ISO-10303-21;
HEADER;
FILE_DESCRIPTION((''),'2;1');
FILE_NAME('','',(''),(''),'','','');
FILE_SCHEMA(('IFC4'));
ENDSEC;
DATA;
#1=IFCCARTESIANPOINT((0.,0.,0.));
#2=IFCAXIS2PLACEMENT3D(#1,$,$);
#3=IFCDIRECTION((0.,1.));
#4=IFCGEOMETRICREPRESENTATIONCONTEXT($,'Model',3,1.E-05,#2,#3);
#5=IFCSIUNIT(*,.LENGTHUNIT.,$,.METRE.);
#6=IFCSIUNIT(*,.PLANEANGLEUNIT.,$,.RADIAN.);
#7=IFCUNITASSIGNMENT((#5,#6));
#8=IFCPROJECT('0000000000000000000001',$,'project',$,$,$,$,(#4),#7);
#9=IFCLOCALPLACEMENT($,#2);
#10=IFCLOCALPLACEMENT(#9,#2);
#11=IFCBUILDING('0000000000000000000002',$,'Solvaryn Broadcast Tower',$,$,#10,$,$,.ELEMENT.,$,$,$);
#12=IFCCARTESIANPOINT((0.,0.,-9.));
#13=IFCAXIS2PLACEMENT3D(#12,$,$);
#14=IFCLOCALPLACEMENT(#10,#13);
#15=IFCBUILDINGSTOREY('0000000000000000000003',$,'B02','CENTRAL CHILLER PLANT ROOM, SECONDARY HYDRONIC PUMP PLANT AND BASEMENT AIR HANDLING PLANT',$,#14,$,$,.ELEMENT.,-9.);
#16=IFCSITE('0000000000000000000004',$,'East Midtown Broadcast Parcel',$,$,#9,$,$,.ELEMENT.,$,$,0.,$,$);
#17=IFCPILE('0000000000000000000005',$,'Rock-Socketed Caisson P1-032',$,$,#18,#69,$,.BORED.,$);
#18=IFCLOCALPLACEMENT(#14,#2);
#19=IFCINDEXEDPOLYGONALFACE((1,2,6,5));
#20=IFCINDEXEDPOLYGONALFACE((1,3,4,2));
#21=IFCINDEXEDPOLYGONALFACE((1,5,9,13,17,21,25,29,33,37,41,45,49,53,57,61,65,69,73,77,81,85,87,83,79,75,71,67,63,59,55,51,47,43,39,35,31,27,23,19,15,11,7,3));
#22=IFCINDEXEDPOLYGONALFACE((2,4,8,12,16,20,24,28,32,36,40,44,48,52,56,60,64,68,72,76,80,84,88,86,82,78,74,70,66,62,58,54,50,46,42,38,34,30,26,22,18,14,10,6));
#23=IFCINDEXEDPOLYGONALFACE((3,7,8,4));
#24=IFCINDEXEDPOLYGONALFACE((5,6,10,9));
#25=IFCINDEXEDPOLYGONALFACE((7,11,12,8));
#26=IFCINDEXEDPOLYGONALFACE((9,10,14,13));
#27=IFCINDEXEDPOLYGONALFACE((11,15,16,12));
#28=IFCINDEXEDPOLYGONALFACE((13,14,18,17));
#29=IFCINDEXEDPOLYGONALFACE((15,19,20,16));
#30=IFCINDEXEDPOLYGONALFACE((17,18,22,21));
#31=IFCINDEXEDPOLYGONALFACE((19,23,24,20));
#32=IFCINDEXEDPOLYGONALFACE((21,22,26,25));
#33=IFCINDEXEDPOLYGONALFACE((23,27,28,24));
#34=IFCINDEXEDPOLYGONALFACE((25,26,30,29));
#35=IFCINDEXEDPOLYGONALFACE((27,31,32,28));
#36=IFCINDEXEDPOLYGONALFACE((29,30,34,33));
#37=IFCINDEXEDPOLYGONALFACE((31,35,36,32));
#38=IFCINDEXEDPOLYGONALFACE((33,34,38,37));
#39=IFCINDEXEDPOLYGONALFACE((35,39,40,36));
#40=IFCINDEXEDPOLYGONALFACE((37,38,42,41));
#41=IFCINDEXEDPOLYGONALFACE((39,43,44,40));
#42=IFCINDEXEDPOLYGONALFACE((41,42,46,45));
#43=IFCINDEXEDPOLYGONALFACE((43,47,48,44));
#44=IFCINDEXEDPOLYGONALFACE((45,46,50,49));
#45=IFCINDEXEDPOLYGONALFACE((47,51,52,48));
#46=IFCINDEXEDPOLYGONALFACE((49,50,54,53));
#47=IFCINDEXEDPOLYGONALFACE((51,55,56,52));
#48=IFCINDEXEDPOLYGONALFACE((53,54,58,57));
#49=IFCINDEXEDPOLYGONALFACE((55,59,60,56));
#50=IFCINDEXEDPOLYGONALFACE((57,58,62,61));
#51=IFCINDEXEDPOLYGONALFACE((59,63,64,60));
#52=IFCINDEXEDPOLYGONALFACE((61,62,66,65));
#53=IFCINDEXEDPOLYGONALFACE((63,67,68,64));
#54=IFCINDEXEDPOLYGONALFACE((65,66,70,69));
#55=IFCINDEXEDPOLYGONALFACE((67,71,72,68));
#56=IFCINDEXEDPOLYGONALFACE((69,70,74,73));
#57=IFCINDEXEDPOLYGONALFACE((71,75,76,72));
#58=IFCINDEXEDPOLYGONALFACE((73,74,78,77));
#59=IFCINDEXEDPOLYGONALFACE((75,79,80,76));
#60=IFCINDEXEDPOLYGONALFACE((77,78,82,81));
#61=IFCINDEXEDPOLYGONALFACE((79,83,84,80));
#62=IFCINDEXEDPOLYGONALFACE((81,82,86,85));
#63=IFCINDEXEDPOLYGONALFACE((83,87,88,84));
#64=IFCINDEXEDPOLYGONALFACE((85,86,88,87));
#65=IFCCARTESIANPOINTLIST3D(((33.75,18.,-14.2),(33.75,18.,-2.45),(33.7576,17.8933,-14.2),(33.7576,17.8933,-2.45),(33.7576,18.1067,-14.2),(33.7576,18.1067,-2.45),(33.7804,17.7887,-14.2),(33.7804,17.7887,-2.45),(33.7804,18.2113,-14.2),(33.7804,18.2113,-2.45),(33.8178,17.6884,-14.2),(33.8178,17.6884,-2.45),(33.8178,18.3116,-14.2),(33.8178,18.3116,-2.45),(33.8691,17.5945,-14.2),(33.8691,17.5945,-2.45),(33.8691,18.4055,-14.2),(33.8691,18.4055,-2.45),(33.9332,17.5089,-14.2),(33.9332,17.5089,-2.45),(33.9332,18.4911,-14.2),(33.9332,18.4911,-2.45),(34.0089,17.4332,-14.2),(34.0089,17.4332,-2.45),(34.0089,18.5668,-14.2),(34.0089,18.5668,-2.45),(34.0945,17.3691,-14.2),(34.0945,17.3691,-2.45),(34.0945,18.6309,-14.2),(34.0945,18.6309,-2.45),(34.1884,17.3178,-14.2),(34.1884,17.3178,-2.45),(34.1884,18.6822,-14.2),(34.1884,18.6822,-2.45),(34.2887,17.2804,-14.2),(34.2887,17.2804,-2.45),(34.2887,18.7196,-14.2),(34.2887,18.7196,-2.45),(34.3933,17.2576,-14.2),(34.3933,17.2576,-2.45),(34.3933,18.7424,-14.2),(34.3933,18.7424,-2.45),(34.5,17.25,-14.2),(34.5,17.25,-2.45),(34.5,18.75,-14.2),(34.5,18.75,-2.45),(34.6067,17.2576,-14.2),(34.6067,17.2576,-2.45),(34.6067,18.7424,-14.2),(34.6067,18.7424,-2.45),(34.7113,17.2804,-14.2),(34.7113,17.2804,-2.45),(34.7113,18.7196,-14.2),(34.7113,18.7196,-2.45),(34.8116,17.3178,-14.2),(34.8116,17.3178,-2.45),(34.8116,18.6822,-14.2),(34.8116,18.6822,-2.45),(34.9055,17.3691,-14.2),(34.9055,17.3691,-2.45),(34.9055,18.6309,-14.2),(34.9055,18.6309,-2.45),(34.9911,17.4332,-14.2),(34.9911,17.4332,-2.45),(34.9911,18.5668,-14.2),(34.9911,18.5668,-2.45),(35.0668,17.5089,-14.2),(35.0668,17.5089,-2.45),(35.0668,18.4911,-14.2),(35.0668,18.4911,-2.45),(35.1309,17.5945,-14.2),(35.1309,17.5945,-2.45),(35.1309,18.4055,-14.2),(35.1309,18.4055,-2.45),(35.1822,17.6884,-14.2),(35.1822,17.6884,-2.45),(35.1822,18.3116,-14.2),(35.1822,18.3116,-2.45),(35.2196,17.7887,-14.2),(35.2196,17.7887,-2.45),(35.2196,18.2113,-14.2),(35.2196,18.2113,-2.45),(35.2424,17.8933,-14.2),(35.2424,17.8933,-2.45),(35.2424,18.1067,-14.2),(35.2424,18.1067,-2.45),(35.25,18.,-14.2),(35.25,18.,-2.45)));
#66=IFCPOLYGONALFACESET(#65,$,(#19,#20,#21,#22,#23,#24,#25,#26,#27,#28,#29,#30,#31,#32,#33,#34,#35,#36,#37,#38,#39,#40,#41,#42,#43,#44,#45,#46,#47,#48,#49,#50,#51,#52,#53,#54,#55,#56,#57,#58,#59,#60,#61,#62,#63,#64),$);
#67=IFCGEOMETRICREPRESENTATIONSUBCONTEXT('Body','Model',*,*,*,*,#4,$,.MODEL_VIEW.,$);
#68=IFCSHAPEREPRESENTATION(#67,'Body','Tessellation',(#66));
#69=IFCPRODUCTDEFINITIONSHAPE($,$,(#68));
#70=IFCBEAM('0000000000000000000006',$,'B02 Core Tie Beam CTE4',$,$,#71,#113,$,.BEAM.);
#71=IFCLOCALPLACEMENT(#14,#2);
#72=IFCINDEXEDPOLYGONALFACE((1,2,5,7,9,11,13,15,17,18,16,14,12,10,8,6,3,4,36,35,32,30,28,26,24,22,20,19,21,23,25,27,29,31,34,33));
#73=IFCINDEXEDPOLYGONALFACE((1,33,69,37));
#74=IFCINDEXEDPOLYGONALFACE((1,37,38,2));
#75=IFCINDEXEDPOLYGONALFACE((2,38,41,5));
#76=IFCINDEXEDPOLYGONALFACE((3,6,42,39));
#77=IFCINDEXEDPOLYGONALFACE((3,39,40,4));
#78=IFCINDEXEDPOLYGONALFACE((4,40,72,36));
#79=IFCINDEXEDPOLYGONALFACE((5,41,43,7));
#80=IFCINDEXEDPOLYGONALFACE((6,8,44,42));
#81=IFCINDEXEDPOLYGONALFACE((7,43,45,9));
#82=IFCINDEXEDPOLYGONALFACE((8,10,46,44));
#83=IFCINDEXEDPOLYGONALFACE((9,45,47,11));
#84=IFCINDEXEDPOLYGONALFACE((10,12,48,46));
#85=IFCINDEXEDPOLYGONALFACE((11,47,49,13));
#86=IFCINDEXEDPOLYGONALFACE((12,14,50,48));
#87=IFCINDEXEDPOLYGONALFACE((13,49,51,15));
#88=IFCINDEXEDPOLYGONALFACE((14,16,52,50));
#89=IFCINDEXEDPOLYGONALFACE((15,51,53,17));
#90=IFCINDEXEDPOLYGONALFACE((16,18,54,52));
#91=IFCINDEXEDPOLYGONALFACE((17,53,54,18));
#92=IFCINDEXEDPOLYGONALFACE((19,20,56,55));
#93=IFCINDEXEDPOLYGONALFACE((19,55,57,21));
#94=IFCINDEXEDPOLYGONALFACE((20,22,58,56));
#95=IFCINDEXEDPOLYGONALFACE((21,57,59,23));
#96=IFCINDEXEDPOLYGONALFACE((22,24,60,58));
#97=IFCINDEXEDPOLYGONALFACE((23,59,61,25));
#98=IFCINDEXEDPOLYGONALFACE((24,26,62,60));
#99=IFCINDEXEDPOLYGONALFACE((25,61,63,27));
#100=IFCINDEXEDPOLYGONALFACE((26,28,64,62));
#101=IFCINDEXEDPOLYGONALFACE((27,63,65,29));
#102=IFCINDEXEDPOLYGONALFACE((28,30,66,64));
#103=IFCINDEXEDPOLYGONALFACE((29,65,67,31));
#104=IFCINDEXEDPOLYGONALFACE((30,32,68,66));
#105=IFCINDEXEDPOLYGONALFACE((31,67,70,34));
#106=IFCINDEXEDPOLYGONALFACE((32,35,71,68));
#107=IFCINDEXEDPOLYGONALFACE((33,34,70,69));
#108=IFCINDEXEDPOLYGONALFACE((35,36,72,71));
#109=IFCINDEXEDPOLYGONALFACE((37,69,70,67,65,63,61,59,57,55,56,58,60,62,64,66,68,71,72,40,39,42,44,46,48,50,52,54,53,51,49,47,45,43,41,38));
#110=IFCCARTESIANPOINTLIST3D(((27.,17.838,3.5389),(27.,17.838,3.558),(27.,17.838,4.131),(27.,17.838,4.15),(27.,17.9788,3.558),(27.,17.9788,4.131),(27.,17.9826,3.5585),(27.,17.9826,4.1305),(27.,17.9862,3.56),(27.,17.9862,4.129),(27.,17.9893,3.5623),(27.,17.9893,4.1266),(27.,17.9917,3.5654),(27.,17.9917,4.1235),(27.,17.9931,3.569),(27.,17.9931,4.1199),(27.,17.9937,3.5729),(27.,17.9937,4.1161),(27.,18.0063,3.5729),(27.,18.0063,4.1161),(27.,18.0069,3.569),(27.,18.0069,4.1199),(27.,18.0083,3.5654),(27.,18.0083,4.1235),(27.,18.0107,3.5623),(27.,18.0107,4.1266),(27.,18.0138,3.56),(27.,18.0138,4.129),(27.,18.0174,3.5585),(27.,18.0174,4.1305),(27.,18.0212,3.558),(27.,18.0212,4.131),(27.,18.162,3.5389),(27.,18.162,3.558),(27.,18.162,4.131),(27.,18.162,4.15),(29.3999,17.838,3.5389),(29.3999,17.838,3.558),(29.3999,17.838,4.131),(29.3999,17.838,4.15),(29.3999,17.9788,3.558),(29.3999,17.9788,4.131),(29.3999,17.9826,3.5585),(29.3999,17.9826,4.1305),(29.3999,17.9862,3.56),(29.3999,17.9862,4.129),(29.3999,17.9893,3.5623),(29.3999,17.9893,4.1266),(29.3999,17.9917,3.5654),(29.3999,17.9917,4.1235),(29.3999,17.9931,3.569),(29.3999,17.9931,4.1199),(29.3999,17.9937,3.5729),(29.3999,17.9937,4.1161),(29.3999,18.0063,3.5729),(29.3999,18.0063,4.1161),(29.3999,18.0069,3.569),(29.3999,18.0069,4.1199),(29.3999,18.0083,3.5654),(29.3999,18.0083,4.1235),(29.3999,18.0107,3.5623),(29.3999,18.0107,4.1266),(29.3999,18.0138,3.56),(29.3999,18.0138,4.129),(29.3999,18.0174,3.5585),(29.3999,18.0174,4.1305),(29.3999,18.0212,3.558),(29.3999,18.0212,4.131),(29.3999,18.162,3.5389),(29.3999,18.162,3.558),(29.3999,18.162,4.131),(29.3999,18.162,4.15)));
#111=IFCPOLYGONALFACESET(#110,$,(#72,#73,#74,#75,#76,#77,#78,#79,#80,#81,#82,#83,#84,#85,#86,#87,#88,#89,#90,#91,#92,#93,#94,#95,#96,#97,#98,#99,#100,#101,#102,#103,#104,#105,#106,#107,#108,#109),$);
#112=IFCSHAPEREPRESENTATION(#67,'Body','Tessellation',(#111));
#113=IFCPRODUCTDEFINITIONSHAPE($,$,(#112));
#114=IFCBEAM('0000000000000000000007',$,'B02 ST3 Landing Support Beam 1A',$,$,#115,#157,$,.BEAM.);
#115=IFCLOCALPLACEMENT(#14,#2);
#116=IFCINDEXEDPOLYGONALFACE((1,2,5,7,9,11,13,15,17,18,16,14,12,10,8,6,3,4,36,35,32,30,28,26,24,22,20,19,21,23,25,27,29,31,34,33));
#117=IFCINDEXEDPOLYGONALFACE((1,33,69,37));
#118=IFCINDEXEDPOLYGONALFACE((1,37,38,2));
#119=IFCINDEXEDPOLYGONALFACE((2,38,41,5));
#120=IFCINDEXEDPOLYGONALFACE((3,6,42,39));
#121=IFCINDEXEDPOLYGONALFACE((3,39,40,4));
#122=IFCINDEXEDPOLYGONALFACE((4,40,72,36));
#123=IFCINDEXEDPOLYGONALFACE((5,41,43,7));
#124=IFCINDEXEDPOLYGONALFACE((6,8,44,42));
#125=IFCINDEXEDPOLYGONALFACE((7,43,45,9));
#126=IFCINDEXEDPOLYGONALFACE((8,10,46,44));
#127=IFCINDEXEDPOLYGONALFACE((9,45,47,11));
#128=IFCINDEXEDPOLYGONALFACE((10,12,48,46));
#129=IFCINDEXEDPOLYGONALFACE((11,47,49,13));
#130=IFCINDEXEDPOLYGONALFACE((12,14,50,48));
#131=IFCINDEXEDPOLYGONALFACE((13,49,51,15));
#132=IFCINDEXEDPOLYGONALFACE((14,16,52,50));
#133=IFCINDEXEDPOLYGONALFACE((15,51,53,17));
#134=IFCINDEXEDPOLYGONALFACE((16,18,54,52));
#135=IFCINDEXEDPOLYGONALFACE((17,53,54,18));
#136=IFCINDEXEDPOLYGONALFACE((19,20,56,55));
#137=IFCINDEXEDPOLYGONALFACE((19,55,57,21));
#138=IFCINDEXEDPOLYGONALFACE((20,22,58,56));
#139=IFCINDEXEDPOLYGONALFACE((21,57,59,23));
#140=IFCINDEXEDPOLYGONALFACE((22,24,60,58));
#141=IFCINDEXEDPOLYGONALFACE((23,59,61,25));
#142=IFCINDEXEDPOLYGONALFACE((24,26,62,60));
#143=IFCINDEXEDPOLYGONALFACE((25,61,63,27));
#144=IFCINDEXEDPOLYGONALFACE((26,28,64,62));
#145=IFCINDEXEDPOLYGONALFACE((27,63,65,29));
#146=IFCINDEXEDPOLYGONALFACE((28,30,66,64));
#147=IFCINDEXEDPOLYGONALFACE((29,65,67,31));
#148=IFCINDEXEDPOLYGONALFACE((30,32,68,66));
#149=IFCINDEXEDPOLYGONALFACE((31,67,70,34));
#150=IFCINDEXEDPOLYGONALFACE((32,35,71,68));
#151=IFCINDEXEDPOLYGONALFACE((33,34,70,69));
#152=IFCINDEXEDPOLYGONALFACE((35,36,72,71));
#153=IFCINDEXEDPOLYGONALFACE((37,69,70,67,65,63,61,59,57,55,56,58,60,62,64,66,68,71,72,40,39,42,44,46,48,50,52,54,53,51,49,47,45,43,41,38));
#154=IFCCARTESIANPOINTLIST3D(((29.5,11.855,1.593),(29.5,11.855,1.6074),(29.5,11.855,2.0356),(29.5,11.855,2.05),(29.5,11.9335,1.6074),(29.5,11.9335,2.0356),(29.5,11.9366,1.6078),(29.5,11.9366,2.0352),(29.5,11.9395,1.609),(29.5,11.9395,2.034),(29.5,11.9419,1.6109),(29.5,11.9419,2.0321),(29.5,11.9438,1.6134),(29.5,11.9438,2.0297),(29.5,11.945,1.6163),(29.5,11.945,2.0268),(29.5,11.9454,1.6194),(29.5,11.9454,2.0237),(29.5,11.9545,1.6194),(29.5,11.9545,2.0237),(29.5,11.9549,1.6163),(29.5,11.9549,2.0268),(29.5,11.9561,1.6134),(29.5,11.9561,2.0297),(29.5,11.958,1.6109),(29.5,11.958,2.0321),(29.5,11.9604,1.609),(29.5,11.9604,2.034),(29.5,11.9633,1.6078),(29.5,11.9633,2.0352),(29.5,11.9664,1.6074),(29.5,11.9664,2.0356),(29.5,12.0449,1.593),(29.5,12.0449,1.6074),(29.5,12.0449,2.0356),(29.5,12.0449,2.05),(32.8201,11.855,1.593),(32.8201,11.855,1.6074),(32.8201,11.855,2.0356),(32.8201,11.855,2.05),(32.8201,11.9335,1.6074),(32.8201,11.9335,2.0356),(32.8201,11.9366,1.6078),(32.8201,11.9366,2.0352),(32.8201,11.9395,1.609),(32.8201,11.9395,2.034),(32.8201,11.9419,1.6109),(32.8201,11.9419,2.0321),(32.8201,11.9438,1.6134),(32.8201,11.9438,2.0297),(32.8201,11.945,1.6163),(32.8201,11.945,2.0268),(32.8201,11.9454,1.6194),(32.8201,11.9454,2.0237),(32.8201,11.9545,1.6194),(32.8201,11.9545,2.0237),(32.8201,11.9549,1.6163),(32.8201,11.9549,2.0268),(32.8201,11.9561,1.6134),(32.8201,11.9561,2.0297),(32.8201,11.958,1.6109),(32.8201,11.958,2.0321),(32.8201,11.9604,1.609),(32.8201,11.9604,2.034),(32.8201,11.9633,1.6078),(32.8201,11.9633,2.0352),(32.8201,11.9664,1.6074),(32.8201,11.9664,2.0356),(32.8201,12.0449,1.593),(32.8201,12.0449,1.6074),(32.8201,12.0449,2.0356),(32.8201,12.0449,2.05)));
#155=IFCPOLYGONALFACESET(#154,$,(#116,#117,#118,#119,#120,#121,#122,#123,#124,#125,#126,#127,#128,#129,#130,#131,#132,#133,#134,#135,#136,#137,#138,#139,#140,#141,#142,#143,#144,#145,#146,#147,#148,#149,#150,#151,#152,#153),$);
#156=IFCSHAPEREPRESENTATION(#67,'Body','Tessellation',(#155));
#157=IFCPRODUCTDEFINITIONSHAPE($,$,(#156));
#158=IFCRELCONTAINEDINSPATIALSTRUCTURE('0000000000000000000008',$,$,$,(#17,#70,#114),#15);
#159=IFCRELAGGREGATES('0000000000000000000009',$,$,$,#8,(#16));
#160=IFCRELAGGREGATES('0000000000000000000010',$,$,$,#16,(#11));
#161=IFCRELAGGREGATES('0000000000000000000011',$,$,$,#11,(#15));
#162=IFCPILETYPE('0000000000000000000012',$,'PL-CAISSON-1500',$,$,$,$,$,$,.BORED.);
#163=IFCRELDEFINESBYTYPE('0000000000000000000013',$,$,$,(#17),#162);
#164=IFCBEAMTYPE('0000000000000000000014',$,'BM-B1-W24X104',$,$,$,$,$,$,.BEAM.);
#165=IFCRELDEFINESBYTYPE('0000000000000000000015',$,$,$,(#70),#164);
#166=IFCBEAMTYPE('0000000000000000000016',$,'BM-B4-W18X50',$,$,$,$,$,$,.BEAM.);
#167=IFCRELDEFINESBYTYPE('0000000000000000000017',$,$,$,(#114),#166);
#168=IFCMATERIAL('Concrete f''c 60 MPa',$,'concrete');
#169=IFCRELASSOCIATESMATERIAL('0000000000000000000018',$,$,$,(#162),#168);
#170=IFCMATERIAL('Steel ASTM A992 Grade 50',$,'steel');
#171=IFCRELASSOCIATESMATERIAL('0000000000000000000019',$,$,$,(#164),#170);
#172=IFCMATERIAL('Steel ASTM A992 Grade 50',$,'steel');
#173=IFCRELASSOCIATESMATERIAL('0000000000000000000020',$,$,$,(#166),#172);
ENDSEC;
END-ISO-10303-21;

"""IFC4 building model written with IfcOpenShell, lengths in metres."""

from ifc_helpers import new_model, si_unit, direction, frame, origin, origin_2d, place, context, subcontext, project, spatial, circle, i_section, extrude, material, material_profile, profile_set, type_object, element, save


model = new_model("IFC4")

# Units and contexts
model_context = context("Model", 3, precision=1e-05, world=origin(), true_north=direction((0.0, 1.0)))
body_context = subcontext(model_context, "Body", "Model", "MODEL_VIEW")
ifc_project = project(units=[si_unit("LENGTHUNIT", "METRE"), si_unit("PLANEANGLEUNIT", "RADIAN")], contexts=[model_context])

# Site, building, storey
site_placement = place(None, origin())
site = spatial("IfcSite", under=ifc_project, at=site_placement, Name="East Midtown Broadcast Parcel", CompositionType="ELEMENT", RefElevation=0.0)
building_placement = place(site_placement, origin())
building = spatial("IfcBuilding", under=site, at=building_placement, Name="Solvaryn Broadcast Tower", CompositionType="ELEMENT")
storey_placement = place(building_placement, frame((0.0, 0.0, -9.0)))
storey = spatial("IfcBuildingStorey", under=building, at=storey_placement, Name="B02", Description="CENTRAL CHILLER PLANT ROOM, SECONDARY HYDRONIC PUMP PLANT AND BASEMENT AIR HANDLING PLANT", CompositionType="ELEMENT", Elevation=-9.0)

# Pile
ifc_material_1 = material(Name="Concrete f'c 60 MPa", Category="concrete")
ifc_material_profile_1 = material_profile(ifc_material_1, circle(Radius=0.75, at=origin_2d()))
ifc_profile_set_1 = profile_set([ifc_material_profile_1], Name="Concrete f'c 60 MPa")
pile_type = type_object("IfcPileType", Name="PL-CAISSON-1500", PredefinedType="BORED", material=ifc_profile_set_1)
for number, where, z_axis, x_axis, name in (
    (1, (34.5, 18.0, -2.45), (0.0, 0.0, -1.0), (1.0, 0.0, 0.0), "Rock-Socketed Caisson P1-032"),
):
    element("IfcPile", number, at=place(storey_placement, frame(where, z_axis=z_axis, x_axis=x_axis)), inside=storey, type_object=pile_type, Name=name, PredefinedType="BORED", context=body_context, shape_type="SweptSolid", body=[
        extrude(circle(Radius=0.75, at=origin_2d()), origin(), (0.0, 0.0, 1.0), 11.75),
    ])

# Beams
ifc_material_2 = material(Name="Steel ASTM A992 Grade 50", Category="steel")
ifc_material_profile_2 = material_profile(ifc_material_2, i_section(OverallWidth=0.324, OverallDepth=0.6111, WebThickness=0.0127, FlangeThickness=0.019, FilletRadius=0.0149, at=origin_2d()))
ifc_profile_set_2 = profile_set([ifc_material_profile_2], Name="Steel ASTM A992 Grade 50")
beam_type_1 = type_object("IfcBeamType", Name="BM-B1-W24X104", PredefinedType="BEAM", material=ifc_profile_set_2)
beam_1_placement = place(storey_placement, frame((27.0, 18.0, 3.8445), z_axis=(1.0, 0.0, 0.0), x_axis=(0.0, 1.0, 0.0)))
element("IfcBeam", 2, at=beam_1_placement, inside=storey, type_object=beam_type_1, Name="B02 Core Tie Beam CTE4", PredefinedType="BEAM", context=body_context, shape_type="SweptSolid", body=[
    extrude(i_section(OverallWidth=0.324, OverallDepth=0.6111, WebThickness=0.0127, FlangeThickness=0.019, FilletRadius=0.0149, at=origin_2d()), origin(), (0.0, 0.0, 1.0), 2.3999),
])
ifc_material_3 = material(Name="Steel ASTM A992 Grade 50", Category="steel")
ifc_material_profile_3 = material_profile(ifc_material_3, i_section(OverallWidth=0.1899, OverallDepth=0.457, WebThickness=0.009, FlangeThickness=0.0144, FilletRadius=0.012, at=origin_2d()))
ifc_profile_set_3 = profile_set([ifc_material_profile_3], Name="Steel ASTM A992 Grade 50")
beam_type_2 = type_object("IfcBeamType", Name="BM-B4-W18X50", PredefinedType="BEAM", material=ifc_profile_set_3)
for number, where, z_axis, x_axis, name in (
    (3, (29.5, 11.95, 1.8215), (1.0, 0.0, 0.0), (0.0, 1.0, 0.0), "B02 ST3 Landing Support Beam 1A"),
):
    element("IfcBeam", number, at=place(storey_placement, frame(where, z_axis=z_axis, x_axis=x_axis)), inside=storey, type_object=beam_type_2, Name=name, PredefinedType="BEAM", context=body_context, shape_type="SweptSolid", body=[
        extrude(i_section(OverallWidth=0.1899, OverallDepth=0.457, WebThickness=0.009, FlangeThickness=0.0144, FilletRadius=0.012, at=origin_2d()), origin(), (0.0, 0.0, 1.0), 3.3201),
    ])

save(model, "model.ifc")
